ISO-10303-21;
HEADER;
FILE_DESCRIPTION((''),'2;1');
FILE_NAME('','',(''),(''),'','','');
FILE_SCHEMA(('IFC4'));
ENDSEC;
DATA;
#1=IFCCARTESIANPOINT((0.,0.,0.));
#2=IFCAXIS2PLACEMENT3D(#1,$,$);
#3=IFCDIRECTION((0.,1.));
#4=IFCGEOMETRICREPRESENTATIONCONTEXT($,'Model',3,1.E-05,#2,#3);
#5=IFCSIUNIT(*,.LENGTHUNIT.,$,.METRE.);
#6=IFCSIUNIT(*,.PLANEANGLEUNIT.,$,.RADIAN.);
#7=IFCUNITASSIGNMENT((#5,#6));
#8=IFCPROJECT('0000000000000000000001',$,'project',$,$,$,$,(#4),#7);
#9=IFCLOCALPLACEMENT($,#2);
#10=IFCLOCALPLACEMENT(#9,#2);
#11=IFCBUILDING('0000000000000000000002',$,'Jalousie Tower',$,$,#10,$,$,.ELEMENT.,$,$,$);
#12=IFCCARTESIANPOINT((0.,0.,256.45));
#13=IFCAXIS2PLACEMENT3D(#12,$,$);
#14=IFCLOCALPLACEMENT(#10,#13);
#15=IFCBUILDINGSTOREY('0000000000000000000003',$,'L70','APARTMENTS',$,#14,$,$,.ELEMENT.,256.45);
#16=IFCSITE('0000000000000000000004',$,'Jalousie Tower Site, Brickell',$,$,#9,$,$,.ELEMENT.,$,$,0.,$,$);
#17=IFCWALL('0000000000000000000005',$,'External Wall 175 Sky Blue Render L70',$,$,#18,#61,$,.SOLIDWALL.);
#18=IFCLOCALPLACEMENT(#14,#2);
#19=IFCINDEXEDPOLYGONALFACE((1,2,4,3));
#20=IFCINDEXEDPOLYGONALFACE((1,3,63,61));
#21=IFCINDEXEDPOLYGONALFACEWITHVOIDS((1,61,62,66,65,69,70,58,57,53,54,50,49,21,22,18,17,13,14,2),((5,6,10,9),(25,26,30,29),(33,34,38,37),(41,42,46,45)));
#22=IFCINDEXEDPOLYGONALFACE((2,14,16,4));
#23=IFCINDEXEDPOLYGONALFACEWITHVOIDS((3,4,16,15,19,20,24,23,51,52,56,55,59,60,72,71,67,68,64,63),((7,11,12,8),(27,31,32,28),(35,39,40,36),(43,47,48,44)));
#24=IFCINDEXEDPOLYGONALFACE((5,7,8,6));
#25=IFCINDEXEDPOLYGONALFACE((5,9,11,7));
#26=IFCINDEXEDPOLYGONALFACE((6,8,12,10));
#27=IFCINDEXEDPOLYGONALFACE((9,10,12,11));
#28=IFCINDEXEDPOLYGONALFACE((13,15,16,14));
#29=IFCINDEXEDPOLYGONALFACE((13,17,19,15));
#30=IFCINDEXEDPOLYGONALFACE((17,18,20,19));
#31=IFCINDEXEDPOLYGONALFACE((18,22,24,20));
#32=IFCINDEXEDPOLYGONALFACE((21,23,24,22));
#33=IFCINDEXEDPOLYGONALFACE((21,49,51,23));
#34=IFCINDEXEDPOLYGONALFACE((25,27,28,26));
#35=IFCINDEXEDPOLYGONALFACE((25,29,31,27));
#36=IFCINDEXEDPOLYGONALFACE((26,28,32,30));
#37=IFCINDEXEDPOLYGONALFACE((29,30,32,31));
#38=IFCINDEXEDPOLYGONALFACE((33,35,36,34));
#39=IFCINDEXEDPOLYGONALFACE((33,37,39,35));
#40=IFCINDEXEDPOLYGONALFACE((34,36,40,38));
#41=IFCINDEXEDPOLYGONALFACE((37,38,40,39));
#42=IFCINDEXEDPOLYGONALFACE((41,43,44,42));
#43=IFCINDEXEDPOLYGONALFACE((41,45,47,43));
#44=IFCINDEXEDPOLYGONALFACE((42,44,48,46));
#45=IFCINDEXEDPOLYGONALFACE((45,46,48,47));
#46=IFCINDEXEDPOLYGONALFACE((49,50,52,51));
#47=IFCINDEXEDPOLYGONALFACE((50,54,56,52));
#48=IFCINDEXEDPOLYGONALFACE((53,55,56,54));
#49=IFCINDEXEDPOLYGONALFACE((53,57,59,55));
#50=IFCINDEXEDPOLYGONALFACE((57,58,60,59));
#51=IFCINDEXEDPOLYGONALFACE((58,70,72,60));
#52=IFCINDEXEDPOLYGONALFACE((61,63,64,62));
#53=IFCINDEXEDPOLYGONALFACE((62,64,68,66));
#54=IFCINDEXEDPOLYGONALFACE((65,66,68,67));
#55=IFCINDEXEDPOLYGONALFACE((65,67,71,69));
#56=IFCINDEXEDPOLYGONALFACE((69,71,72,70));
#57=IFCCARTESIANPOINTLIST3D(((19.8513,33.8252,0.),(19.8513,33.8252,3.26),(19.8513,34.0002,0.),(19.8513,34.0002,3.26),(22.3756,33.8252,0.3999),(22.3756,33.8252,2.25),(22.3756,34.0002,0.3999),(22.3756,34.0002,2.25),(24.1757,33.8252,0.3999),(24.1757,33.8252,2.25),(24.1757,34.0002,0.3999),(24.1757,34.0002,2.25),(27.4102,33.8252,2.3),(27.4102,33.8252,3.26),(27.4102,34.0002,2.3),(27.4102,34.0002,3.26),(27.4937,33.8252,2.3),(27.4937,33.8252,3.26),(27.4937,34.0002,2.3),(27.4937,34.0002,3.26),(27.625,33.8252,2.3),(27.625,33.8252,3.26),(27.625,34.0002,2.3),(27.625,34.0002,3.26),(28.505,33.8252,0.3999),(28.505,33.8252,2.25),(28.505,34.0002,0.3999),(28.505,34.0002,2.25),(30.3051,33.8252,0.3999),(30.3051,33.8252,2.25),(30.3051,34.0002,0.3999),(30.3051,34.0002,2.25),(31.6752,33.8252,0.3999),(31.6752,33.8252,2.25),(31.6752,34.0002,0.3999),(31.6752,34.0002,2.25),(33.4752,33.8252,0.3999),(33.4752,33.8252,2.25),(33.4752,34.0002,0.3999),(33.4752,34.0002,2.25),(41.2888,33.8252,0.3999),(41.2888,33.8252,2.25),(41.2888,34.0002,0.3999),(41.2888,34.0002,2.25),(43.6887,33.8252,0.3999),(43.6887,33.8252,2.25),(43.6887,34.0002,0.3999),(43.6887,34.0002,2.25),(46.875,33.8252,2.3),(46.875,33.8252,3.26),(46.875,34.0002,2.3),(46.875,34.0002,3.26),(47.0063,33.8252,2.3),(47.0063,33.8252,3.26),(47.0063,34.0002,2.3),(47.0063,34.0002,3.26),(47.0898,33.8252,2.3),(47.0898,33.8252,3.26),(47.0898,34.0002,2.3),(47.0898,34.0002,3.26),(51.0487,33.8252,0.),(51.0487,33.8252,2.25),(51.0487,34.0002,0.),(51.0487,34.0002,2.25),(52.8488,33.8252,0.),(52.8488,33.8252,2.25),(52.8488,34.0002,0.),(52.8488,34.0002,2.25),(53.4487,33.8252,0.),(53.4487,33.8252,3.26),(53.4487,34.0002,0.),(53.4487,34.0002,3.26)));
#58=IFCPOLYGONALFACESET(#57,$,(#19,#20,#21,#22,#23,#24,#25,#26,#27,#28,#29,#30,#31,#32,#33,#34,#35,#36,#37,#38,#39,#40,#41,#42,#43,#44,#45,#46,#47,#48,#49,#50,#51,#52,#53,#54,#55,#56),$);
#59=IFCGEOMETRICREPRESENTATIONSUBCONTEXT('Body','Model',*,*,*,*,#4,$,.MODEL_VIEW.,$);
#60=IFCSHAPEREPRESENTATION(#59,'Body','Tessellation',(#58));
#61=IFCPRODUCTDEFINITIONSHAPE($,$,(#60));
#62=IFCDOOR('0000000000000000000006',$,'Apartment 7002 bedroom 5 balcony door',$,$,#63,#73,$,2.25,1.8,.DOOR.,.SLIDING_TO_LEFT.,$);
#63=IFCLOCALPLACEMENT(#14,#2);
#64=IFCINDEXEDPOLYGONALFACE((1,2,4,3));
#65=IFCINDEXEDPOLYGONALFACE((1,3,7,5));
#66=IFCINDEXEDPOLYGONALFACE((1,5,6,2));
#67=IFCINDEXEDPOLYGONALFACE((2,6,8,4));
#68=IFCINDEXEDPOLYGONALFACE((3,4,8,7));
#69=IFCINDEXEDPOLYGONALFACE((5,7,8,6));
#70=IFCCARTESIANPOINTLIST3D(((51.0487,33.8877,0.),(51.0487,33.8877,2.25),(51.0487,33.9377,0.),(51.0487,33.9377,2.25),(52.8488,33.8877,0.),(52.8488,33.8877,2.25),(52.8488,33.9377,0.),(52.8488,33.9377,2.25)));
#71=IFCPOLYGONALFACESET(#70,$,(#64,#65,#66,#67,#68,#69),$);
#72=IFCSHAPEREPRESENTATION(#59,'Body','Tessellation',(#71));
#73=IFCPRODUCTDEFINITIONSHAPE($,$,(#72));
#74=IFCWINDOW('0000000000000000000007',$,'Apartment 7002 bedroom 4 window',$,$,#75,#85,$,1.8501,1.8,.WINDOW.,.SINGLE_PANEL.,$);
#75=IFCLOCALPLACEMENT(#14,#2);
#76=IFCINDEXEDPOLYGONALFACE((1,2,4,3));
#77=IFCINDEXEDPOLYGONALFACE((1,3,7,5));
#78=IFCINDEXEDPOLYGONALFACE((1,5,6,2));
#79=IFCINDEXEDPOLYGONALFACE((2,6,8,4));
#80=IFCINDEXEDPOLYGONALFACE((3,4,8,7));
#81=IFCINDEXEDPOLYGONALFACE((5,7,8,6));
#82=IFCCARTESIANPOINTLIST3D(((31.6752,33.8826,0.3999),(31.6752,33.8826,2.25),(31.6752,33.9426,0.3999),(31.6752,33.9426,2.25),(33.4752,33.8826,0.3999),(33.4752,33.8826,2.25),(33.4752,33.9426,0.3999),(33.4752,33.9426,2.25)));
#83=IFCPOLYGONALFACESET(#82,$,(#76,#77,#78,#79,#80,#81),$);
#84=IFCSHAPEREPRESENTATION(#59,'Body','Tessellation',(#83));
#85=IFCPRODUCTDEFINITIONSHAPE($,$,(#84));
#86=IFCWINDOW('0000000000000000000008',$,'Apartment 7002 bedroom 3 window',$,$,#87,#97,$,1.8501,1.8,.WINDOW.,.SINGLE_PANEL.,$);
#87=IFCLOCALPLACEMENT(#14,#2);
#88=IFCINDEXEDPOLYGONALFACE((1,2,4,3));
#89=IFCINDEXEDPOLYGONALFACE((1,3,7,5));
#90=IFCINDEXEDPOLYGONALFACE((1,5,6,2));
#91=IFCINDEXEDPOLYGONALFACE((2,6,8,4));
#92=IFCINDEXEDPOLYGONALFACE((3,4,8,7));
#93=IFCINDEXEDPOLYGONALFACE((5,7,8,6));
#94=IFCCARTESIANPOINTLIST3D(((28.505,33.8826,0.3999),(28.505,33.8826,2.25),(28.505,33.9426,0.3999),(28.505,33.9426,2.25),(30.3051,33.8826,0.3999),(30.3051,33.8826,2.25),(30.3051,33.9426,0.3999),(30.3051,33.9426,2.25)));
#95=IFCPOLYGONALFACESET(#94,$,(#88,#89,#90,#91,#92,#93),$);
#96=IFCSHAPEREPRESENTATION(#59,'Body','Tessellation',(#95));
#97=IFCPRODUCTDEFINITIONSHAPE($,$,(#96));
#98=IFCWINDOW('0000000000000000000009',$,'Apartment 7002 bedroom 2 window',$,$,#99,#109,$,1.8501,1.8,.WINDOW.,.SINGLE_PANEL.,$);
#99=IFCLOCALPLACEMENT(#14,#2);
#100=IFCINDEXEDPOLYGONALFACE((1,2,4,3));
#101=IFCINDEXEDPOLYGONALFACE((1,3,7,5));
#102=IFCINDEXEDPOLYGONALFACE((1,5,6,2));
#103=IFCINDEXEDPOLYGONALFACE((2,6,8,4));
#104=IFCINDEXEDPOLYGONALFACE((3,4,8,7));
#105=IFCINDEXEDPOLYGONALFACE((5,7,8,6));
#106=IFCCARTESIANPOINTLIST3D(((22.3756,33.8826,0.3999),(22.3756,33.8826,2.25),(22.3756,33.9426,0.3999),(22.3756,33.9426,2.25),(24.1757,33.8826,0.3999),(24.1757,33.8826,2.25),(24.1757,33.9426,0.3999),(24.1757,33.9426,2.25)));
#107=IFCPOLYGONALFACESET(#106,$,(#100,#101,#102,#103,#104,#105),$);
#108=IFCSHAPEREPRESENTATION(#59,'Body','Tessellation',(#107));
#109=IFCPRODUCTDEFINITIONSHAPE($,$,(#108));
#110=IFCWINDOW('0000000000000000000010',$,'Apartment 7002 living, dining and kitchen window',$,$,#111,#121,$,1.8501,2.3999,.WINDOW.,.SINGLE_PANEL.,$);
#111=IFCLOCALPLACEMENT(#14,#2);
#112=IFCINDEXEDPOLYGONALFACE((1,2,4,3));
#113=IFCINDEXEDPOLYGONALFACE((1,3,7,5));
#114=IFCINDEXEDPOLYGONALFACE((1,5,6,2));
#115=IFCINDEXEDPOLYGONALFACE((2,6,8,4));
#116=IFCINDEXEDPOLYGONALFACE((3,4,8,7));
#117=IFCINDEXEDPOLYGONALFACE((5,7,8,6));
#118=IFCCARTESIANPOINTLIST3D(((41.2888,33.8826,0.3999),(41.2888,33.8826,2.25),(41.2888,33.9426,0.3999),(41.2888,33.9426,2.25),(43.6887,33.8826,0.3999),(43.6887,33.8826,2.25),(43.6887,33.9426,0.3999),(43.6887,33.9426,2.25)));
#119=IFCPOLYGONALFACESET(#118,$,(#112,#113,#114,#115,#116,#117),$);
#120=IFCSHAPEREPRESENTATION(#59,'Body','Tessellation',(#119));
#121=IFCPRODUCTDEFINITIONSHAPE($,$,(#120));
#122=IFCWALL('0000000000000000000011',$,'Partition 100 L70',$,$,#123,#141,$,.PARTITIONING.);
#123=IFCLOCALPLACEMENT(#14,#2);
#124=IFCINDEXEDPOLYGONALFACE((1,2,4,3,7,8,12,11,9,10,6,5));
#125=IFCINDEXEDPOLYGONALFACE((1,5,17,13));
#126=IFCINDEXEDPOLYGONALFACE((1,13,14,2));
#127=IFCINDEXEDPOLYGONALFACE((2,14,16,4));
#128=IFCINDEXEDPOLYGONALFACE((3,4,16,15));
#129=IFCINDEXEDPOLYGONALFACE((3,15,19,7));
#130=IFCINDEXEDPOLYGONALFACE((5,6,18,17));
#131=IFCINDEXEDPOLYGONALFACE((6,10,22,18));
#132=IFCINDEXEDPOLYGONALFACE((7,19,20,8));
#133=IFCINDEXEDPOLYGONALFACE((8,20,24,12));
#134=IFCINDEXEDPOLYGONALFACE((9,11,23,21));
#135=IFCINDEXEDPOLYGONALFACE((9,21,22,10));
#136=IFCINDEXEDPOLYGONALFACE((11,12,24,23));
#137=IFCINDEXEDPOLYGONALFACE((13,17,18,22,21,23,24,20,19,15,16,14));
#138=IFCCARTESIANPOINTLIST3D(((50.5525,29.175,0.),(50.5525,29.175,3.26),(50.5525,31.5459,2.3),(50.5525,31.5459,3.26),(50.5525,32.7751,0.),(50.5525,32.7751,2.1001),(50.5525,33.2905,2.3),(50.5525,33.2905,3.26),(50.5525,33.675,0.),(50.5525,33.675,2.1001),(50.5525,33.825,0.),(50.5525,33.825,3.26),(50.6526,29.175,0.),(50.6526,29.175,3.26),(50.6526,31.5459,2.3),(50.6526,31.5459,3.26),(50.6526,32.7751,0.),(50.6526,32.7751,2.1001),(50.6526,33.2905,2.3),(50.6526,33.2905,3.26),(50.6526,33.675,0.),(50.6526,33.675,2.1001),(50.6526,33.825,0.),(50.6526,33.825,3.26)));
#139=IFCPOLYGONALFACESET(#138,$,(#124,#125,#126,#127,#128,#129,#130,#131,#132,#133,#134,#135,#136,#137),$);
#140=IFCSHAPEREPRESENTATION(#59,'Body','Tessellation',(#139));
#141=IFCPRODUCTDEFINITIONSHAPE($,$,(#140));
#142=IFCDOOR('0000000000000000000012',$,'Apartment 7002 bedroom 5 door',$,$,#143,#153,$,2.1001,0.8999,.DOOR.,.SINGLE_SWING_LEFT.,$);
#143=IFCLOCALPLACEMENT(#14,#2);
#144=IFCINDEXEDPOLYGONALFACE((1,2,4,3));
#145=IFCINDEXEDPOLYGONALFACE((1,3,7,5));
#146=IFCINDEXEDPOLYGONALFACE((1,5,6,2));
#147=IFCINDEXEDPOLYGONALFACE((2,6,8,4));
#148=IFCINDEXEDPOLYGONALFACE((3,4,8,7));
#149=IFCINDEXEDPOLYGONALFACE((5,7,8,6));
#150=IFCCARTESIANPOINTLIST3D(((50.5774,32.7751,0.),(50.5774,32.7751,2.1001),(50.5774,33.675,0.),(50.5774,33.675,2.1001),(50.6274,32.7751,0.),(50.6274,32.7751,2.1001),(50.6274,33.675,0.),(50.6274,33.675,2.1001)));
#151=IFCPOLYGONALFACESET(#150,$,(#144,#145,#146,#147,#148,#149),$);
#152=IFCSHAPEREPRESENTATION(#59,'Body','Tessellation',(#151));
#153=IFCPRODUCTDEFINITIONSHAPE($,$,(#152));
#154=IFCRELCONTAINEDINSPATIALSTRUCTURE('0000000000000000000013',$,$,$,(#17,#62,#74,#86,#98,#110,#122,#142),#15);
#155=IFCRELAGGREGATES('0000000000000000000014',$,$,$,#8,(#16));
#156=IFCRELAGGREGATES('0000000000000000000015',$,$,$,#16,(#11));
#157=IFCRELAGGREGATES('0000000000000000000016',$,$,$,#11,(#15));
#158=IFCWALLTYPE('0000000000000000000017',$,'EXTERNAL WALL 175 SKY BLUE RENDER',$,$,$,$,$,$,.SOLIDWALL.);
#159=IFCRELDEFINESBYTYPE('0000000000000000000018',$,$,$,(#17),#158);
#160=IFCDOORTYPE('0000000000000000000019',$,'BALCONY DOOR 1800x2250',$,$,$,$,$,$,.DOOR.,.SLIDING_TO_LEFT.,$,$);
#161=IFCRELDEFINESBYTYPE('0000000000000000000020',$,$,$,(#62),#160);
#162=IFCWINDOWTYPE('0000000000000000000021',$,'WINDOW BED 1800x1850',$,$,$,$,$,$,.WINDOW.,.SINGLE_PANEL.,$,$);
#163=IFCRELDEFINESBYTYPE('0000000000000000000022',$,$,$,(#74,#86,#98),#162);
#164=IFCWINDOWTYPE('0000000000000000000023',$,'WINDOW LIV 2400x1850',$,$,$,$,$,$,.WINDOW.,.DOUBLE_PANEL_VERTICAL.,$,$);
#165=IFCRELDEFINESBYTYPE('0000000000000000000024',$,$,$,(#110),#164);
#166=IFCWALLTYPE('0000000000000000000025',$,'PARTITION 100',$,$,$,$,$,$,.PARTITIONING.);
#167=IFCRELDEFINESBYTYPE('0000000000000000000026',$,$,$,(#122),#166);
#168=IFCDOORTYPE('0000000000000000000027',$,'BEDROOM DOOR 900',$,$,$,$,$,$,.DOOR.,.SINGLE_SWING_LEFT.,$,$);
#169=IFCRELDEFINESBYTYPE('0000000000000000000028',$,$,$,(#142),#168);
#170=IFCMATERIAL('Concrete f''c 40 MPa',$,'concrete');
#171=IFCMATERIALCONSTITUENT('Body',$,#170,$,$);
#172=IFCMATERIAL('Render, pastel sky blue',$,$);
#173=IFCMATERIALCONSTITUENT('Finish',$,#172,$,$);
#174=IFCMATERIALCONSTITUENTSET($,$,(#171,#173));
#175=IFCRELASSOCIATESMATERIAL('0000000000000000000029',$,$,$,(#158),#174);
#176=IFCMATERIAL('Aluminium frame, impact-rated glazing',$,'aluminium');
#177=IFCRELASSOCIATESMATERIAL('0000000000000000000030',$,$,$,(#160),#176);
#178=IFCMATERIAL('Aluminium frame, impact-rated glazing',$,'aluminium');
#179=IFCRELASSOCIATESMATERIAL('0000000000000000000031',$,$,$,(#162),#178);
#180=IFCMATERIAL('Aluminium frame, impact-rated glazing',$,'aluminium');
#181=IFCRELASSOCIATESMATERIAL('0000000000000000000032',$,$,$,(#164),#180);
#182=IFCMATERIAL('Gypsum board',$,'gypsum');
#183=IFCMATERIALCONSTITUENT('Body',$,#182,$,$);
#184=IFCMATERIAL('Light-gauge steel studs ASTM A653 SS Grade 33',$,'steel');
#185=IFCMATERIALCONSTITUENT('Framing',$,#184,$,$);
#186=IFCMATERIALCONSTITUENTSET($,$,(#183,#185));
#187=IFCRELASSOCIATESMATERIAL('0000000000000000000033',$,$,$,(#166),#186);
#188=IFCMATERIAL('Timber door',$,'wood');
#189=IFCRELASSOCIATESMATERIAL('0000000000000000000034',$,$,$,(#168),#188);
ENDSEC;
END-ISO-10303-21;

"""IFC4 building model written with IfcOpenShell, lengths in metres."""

from ifc_helpers import new_model, si_unit, direction, frame, frame_2d, origin, place, context, subcontext, project, spatial, polyline, rectangle, outline, extrude, material, constituent, constituent_set, type_object, element, fill, save


model = new_model("IFC4")

# Units and contexts
model_context = context("Model", 3, precision=1e-05, world=origin(), true_north=direction((0.0, 1.0)))
body_context = subcontext(model_context, "Body", "Model", "MODEL_VIEW")
ifc_project = project(units=[si_unit("LENGTHUNIT", "METRE"), si_unit("PLANEANGLEUNIT", "RADIAN")], contexts=[model_context])

# Site, building, storey
site_placement = place(None, origin())
site = spatial("IfcSite", under=ifc_project, at=site_placement, Name="Jalousie Tower Site, Brickell", CompositionType="ELEMENT", RefElevation=0.0)
building_placement = place(site_placement, origin())
building = spatial("IfcBuilding", under=site, at=building_placement, Name="Jalousie Tower", CompositionType="ELEMENT")
storey_placement = place(building_placement, frame((0.0, 0.0, 256.45)))
storey = spatial("IfcBuildingStorey", under=building, at=storey_placement, Name="L70", Description="APARTMENTS", CompositionType="ELEMENT", Elevation=256.45)

# Wall, openings, door, windows
ifc_material_1 = material(Name="Concrete f'c 40 MPa", Category="concrete")
ifc_constituent_1 = constituent(ifc_material_1, Name="Body")
ifc_material_2 = material(Name="Render, pastel sky blue")
ifc_constituent_2 = constituent(ifc_material_2, Name="Finish")
ifc_constituent_set_1 = constituent_set(constituents=[ifc_constituent_1, ifc_constituent_2])
wall_type_1 = type_object("IfcWallType", Name="EXTERNAL WALL 175 SKY BLUE RENDER", PredefinedType="SOLIDWALL", material=ifc_constituent_set_1)
wall_1_placement = place(storey_placement, frame((53.4487, 33.9126, 0.0), z_axis=(0.0, 0.0, 1.0), x_axis=(-1.0, 0.0, 0.0)))
wall_1 = element("IfcWall", 1, at=wall_1_placement, inside=storey, type_object=wall_type_1, Name="External Wall 175 Sky Blue Render L70", PredefinedType="SOLIDWALL", context=body_context, shape_type="SweptSolid", body=[
    extrude(outline(polyline([(0.0, 0.0), (33.5974, 0.0), (33.5974, 3.26), (26.0386, 3.26), (26.0386, 2.3), (25.9551, 2.3), (25.9551, 3.26), (25.8237, 3.26), (25.8237, 2.3), (6.5737, 2.3), (6.5737, 3.26), (6.4424, 3.26), (6.4424, 2.3), (6.3589, 2.3), (6.3589, 3.26), (0.0, 3.26), (0.0, 0.0)])), frame((0.0, 0.0874, 0.0), z_axis=(0.0, -1.0, 0.0), x_axis=(1.0, 0.0, 0.0)), (0.0, 0.0, 1.0), 0.175),
])
opening_1_placement = place(wall_1_placement, frame((0.6001, 0.0, 0.0)))
opening_1 = element("IfcOpeningElement", 2, at=opening_1_placement, cuts=wall_1, PredefinedType="OPENING", context=body_context, shape_type="SweptSolid", body=[
    extrude(rectangle(XDim=1.8, YDim=2.25, at=frame_2d((0.8999, 1.125))), frame((0.0, 0.0974, 0.0), z_axis=(0.0, -1.0, 0.0), x_axis=(1.0, 0.0, 0.0)), (0.0, 0.0, 1.0), 0.1951),
])
opening_2_placement = place(wall_1_placement, frame((9.76, 0.0, 0.3999)))
opening_2 = element("IfcOpeningElement", 3, at=opening_2_placement, cuts=wall_1, PredefinedType="OPENING", context=body_context, shape_type="SweptSolid", body=[
    extrude(rectangle(XDim=2.3999, YDim=1.8501, at=frame_2d((1.2, 0.925))), frame((0.0, 0.0974, 0.0), z_axis=(0.0, -1.0, 0.0), x_axis=(1.0, 0.0, 0.0)), (0.0, 0.0, 1.0), 0.1951),
])
opening_3_placement = place(wall_1_placement, frame((19.9736, 0.0, 0.3999)))
opening_3 = element("IfcOpeningElement", 4, at=opening_3_placement, cuts=wall_1, PredefinedType="OPENING", context=body_context, shape_type="SweptSolid", body=[
    extrude(rectangle(XDim=1.8, YDim=1.8501, at=frame_2d((0.8999, 0.925))), frame((0.0, 0.0974, 0.0), z_axis=(0.0, -1.0, 0.0), x_axis=(1.0, 0.0, 0.0)), (0.0, 0.0, 1.0), 0.1951),
])
opening_4_placement = place(wall_1_placement, frame((23.1438, 0.0, 0.3999)))
opening_4 = element("IfcOpeningElement", 5, at=opening_4_placement, cuts=wall_1, PredefinedType="OPENING", context=body_context, shape_type="SweptSolid", body=[
    extrude(rectangle(XDim=1.8, YDim=1.8501, at=frame_2d((0.8999, 0.925))), frame((0.0, 0.0974, 0.0), z_axis=(0.0, -1.0, 0.0), x_axis=(1.0, 0.0, 0.0)), (0.0, 0.0, 1.0), 0.1951),
])
opening_5_placement = place(wall_1_placement, frame((29.2732, 0.0, 0.3999)))
opening_5 = element("IfcOpeningElement", 6, at=opening_5_placement, cuts=wall_1, PredefinedType="OPENING", context=body_context, shape_type="SweptSolid", body=[
    extrude(rectangle(XDim=1.8, YDim=1.8501, at=frame_2d((0.8999, 0.925))), frame((0.0, 0.0974, 0.0), z_axis=(0.0, -1.0, 0.0), x_axis=(1.0, 0.0, 0.0)), (0.0, 0.0, 1.0), 0.1951),
])
ifc_material_3 = material(Name="Aluminium frame, impact-rated glazing", Category="aluminium")
door_type_1 = type_object("IfcDoorType", Name="BALCONY DOOR 1800x2250", OperationType="SLIDING_TO_LEFT", PredefinedType="DOOR", material=ifc_material_3)
door_1_placement = place(opening_1_placement, origin())
door_1 = element("IfcDoor", 7, at=door_1_placement, inside=storey, type_object=door_type_1, Name="Apartment 7002 bedroom 5 balcony door", OperationType="SLIDING_TO_LEFT", OverallHeight=2.25, OverallWidth=1.8, PredefinedType="DOOR", context=body_context, shape_type="SweptSolid", body=[
    extrude(rectangle(XDim=1.8, YDim=2.25, at=frame_2d((0.8999, 1.125))), frame((0.0, 0.0249, 0.0), z_axis=(0.0, -1.0, 0.0), x_axis=(1.0, 0.0, 0.0)), (0.0, 0.0, 1.0), 0.05),
])
fill(opening_1, door_1)
ifc_material_4 = material(Name="Aluminium frame, impact-rated glazing", Category="aluminium")
window_type_1 = type_object("IfcWindowType", Name="WINDOW BED 1800x1850", PartitioningType="SINGLE_PANEL", PredefinedType="WINDOW", material=ifc_material_4)
window_1_placement = place(opening_3_placement, origin())
window_1 = element("IfcWindow", 8, at=window_1_placement, inside=storey, type_object=window_type_1, Name="Apartment 7002 bedroom 4 window", OverallHeight=1.8501, OverallWidth=1.8, PartitioningType="SINGLE_PANEL", PredefinedType="WINDOW", context=body_context, shape_type="SweptSolid", body=[
    extrude(rectangle(XDim=1.8, YDim=1.8501, at=frame_2d((0.8999, 0.925))), frame((0.0, 0.03, 0.0), z_axis=(0.0, -1.0, 0.0), x_axis=(1.0, 0.0, 0.0)), (0.0, 0.0, 1.0), 0.0601),
])
fill(opening_3, window_1)
window_2_placement = place(opening_4_placement, origin())
window_2 = element("IfcWindow", 9, at=window_2_placement, inside=storey, type_object=window_type_1, Name="Apartment 7002 bedroom 3 window", OverallHeight=1.8501, OverallWidth=1.8, PartitioningType="SINGLE_PANEL", PredefinedType="WINDOW", context=body_context, shape_type="SweptSolid", body=[
    extrude(rectangle(XDim=1.8, YDim=1.8501, at=frame_2d((0.8999, 0.925))), frame((0.0, 0.03, 0.0), z_axis=(0.0, -1.0, 0.0), x_axis=(1.0, 0.0, 0.0)), (0.0, 0.0, 1.0), 0.0601),
])
fill(opening_4, window_2)
window_3_placement = place(opening_5_placement, origin())
window_3 = element("IfcWindow", 10, at=window_3_placement, inside=storey, type_object=window_type_1, Name="Apartment 7002 bedroom 2 window", OverallHeight=1.8501, OverallWidth=1.8, PartitioningType="SINGLE_PANEL", PredefinedType="WINDOW", context=body_context, shape_type="SweptSolid", body=[
    extrude(rectangle(XDim=1.8, YDim=1.8501, at=frame_2d((0.8999, 0.925))), frame((0.0, 0.03, 0.0), z_axis=(0.0, -1.0, 0.0), x_axis=(1.0, 0.0, 0.0)), (0.0, 0.0, 1.0), 0.0601),
])
fill(opening_5, window_3)
ifc_material_5 = material(Name="Aluminium frame, impact-rated glazing", Category="aluminium")
window_type_2 = type_object("IfcWindowType", Name="WINDOW LIV 2400x1850", PartitioningType="DOUBLE_PANEL_VERTICAL", PredefinedType="WINDOW", material=ifc_material_5)
window_4_placement = place(opening_2_placement, origin())
window_4 = element("IfcWindow", 11, at=window_4_placement, inside=storey, type_object=window_type_2, Name="Apartment 7002 living, dining and kitchen window", OverallHeight=1.8501, OverallWidth=2.3999, PartitioningType="SINGLE_PANEL", PredefinedType="WINDOW", context=body_context, shape_type="SweptSolid", body=[
    extrude(rectangle(XDim=2.3999, YDim=1.8501, at=frame_2d((1.2, 0.925))), frame((0.0, 0.03, 0.0), z_axis=(0.0, -1.0, 0.0), x_axis=(1.0, 0.0, 0.0)), (0.0, 0.0, 1.0), 0.0601),
])
fill(opening_2, window_4)

# Wall, opening, door
ifc_material_6 = material(Name="Gypsum board", Category="gypsum")
ifc_constituent_3 = constituent(ifc_material_6, Name="Body")
ifc_material_7 = material(Name="Light-gauge steel studs ASTM A653 SS Grade 33", Category="steel")
ifc_constituent_4 = constituent(ifc_material_7, Name="Framing")
ifc_constituent_set_2 = constituent_set(constituents=[ifc_constituent_3, ifc_constituent_4])
wall_type_2 = type_object("IfcWallType", Name="PARTITION 100", PredefinedType="PARTITIONING", material=ifc_constituent_set_2)
wall_2_placement = place(storey_placement, frame((50.6025, 33.825, 0.0), z_axis=(0.0, 0.0, 1.0), x_axis=(0.0, -1.0, 0.0)))
wall_2 = element("IfcWall", 12, at=wall_2_placement, inside=storey, type_object=wall_type_2, Name="Partition 100 L70", PredefinedType="PARTITIONING", context=body_context, shape_type="SweptSolid", body=[
    extrude(outline(polyline([(0.0, 0.0), (4.6499, 0.0), (4.6499, 3.26), (2.2791, 3.26), (2.2791, 2.3), (0.5344, 2.3), (0.5344, 3.26), (0.0, 3.26), (0.0, 0.0)])), frame((0.0, 0.05, 0.0), z_axis=(0.0, -1.0, 0.0), x_axis=(1.0, 0.0, 0.0)), (0.0, 0.0, 1.0), 0.1001),
])
opening_6_placement = place(wall_2_placement, frame((0.1499, 0.0, 0.0)))
opening_6 = element("IfcOpeningElement", 13, at=opening_6_placement, cuts=wall_2, PredefinedType="OPENING", context=body_context, shape_type="SweptSolid", body=[
    extrude(rectangle(XDim=0.8999, YDim=2.1001, at=frame_2d((0.45, 1.05))), frame((0.0, 0.0601, 0.0), z_axis=(0.0, -1.0, 0.0), x_axis=(1.0, 0.0, 0.0)), (0.0, 0.0, 1.0), 0.1201),
])
ifc_material_8 = material(Name="Timber door", Category="wood")
door_type_2 = type_object("IfcDoorType", Name="BEDROOM DOOR 900", OperationType="SINGLE_SWING_LEFT", PredefinedType="DOOR", material=ifc_material_8)
door_2_placement = place(opening_6_placement, origin())
door_2 = element("IfcDoor", 14, at=door_2_placement, inside=storey, type_object=door_type_2, Name="Apartment 7002 bedroom 5 door", OperationType="SINGLE_SWING_LEFT", OverallHeight=2.1001, OverallWidth=0.8999, PredefinedType="DOOR", context=body_context, shape_type="SweptSolid", body=[
    extrude(rectangle(XDim=0.8999, YDim=2.1001, at=frame_2d((0.45, 1.05))), frame((0.0, 0.0249, 0.0), z_axis=(0.0, -1.0, 0.0), x_axis=(1.0, 0.0, 0.0)), (0.0, 0.0, 1.0), 0.05),
])
fill(opening_6, door_2)

save(model, "model.ifc")
